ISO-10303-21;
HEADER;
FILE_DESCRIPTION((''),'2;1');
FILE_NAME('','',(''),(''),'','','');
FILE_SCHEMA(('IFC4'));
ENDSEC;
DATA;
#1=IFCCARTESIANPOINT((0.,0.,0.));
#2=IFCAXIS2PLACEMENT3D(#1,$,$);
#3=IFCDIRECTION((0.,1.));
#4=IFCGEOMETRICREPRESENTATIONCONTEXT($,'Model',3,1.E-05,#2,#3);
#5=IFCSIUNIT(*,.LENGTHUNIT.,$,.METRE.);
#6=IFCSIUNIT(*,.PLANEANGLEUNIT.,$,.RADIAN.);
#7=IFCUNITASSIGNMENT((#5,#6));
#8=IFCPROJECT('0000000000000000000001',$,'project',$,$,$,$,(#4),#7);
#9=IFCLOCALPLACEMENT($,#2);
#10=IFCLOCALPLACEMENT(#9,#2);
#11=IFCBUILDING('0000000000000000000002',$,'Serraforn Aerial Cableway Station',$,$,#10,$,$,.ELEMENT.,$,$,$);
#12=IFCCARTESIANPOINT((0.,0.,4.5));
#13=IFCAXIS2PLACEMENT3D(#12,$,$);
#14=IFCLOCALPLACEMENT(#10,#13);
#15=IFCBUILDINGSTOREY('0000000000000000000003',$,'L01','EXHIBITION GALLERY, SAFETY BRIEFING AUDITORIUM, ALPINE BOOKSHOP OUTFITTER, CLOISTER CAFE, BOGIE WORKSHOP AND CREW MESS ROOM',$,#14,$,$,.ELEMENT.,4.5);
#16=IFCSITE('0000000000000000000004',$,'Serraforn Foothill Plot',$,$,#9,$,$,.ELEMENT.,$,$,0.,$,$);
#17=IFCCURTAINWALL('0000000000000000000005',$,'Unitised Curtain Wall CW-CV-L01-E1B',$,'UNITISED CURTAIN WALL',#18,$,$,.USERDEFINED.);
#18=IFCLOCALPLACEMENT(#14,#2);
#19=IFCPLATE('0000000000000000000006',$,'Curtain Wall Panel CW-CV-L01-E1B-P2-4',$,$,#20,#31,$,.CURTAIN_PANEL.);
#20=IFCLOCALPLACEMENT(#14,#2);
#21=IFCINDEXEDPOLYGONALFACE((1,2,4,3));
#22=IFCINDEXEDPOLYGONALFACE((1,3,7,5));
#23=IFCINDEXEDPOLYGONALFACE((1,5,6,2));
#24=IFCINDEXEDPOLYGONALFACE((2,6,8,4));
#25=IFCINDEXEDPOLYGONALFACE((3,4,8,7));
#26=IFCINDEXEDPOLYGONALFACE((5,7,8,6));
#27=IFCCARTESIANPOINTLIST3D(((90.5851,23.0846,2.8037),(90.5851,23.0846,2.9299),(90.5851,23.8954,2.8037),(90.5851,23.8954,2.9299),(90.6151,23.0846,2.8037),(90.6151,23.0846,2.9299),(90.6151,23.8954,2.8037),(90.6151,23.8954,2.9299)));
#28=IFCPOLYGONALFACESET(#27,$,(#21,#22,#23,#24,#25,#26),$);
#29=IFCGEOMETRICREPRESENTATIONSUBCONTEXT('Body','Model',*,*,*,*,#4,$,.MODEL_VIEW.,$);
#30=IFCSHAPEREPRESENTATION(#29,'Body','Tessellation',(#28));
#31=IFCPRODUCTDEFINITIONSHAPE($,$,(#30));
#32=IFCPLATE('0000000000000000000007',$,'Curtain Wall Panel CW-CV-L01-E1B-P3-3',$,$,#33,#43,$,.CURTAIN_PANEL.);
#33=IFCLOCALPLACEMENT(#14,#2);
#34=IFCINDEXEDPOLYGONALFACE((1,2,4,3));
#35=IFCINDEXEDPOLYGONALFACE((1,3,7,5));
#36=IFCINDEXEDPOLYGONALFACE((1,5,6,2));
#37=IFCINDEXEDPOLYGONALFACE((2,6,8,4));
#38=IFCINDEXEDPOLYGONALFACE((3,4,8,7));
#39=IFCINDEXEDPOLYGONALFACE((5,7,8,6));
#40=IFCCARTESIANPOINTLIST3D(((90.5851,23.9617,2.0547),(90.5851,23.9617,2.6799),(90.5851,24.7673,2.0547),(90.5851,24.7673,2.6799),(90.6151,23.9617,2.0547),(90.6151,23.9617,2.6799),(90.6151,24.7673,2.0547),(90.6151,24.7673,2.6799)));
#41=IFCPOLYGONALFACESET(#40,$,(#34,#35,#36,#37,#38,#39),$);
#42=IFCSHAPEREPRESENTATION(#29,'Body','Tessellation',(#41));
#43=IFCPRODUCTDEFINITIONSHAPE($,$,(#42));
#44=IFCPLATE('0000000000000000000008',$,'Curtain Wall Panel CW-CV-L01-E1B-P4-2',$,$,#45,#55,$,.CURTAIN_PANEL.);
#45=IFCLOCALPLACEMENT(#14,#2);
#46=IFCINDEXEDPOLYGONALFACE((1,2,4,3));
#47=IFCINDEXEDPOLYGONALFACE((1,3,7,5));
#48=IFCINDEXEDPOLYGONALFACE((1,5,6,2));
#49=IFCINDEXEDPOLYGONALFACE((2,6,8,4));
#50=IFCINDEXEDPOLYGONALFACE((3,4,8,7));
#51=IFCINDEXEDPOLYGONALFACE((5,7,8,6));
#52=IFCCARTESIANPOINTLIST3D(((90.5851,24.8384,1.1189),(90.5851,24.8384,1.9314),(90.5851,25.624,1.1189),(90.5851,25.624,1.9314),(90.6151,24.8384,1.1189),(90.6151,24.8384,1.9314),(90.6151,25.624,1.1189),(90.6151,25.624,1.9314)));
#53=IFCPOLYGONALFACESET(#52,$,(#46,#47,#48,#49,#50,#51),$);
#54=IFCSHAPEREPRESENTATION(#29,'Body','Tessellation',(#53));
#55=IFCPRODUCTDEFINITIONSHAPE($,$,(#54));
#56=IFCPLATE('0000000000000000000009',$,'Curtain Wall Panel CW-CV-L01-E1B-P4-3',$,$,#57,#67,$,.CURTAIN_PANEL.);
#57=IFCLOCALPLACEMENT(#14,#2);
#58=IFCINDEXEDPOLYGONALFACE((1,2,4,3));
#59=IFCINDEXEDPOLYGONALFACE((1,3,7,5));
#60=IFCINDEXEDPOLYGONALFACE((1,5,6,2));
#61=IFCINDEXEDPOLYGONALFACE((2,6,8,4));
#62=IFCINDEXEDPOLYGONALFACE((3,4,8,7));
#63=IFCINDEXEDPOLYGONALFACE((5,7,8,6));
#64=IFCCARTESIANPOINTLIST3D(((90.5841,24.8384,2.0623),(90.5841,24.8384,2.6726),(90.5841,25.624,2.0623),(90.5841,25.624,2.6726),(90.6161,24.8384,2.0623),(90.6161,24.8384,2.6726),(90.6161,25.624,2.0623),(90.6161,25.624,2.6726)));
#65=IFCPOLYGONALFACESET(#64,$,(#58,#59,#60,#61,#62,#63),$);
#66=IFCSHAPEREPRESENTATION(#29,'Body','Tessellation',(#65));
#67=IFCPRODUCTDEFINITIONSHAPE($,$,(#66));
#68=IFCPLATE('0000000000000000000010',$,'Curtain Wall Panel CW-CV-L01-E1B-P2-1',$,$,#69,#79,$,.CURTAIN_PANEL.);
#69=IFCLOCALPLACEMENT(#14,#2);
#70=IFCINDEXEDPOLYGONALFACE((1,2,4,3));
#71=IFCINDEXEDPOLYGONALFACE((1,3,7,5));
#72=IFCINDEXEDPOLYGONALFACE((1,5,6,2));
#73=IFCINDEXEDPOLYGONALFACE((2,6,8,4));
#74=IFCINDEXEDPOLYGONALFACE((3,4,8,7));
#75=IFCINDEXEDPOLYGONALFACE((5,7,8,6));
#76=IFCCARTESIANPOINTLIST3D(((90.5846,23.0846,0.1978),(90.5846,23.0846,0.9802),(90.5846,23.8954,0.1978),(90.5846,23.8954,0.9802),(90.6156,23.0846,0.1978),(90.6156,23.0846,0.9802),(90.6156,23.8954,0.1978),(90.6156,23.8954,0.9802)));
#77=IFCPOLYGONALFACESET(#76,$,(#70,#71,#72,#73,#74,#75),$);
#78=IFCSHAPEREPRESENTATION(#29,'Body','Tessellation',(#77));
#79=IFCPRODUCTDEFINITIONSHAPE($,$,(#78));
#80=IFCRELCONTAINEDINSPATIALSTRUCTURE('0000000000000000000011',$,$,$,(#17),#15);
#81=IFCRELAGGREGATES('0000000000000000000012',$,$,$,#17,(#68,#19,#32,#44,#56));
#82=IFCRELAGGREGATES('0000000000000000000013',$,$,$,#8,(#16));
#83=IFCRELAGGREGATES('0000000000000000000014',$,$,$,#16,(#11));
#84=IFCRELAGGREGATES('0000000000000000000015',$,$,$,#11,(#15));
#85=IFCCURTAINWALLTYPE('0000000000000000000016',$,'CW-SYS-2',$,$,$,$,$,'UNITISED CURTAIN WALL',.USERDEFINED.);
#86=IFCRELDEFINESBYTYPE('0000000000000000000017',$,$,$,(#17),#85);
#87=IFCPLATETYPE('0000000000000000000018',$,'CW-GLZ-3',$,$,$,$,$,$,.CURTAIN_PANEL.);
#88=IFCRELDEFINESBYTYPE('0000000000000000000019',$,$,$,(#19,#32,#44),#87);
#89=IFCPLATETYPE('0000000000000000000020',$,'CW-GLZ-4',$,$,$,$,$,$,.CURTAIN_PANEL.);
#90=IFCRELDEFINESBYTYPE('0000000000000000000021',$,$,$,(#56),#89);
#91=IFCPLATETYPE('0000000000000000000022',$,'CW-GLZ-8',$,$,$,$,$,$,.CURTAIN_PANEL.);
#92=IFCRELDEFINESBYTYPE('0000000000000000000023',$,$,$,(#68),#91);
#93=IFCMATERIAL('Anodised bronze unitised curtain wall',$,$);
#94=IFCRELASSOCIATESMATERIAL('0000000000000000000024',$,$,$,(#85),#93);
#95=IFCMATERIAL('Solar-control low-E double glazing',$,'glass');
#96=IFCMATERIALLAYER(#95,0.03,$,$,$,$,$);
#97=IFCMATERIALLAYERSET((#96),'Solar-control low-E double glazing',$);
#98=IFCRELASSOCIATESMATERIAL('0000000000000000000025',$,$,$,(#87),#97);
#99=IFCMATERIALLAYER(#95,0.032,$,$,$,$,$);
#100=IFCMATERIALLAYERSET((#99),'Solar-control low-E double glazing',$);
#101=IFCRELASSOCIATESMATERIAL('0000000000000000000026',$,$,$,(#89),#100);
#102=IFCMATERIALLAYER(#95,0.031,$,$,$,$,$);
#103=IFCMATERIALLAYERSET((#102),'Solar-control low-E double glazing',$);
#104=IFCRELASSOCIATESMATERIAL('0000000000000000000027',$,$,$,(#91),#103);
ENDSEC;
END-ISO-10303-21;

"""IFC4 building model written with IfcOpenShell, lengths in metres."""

from ifc_helpers import new_model, si_unit, direction, frame, origin, origin_2d, place, context, subcontext, project, spatial, rectangle, extrude, material, layer, layer_set, type_object, element, aggregate, save


model = new_model("IFC4")

# Units and contexts
model_context = context("Model", 3, precision=1e-05, world=origin(), true_north=direction((0.0, 1.0)))
body_context = subcontext(model_context, "Body", "Model", "MODEL_VIEW")
ifc_project = project(units=[si_unit("LENGTHUNIT", "METRE"), si_unit("PLANEANGLEUNIT", "RADIAN")], contexts=[model_context])

# Site, building, storey
site_placement = place(None, origin())
site = spatial("IfcSite", under=ifc_project, at=site_placement, Name="Serraforn Foothill Plot", CompositionType="ELEMENT", RefElevation=0.0)
building_placement = place(site_placement, origin())
building = spatial("IfcBuilding", under=site, at=building_placement, Name="Serraforn Aerial Cableway Station", CompositionType="ELEMENT")
storey_placement = place(building_placement, frame((0.0, 0.0, 4.5)))
storey = spatial("IfcBuildingStorey", under=building, at=storey_placement, Name="L01", Description="EXHIBITION GALLERY, SAFETY BRIEFING AUDITORIUM, ALPINE BOOKSHOP OUTFITTER, CLOISTER CAFE, BOGIE WORKSHOP AND CREW MESS ROOM", CompositionType="ELEMENT", Elevation=4.5)

# Curtain wall, plates
ifc_material_1 = material(Name="Anodised bronze unitised curtain wall")
curtain_wall_type = type_object("IfcCurtainWallType", Name="CW-SYS-2", ElementType="UNITISED CURTAIN WALL", PredefinedType="USERDEFINED", material=ifc_material_1)
curtain_wall_placement = place(storey_placement, origin())
curtain_wall = element("IfcCurtainWall", 1, at=curtain_wall_placement, inside=storey, type_object=curtain_wall_type, Name="Unitised Curtain Wall CW-CV-L01-E1B", ObjectType="UNITISED CURTAIN WALL", PredefinedType="USERDEFINED")
ifc_material_2 = material(Name="Solar-control low-E double glazing", Category="glass")
ifc_layer_1 = layer(ifc_material_2, 0.03)
ifc_layer_set_1 = layer_set([ifc_layer_1], Name="Solar-control low-E double glazing")
plate_type_1 = type_object("IfcPlateType", Name="CW-GLZ-3", PredefinedType="CURTAIN_PANEL", material=ifc_layer_set_1)
plate_1_placement = place(storey_placement, frame((90.6001, 23.49, 2.8037), z_axis=(0.0, 0.0, 1.0), x_axis=(1.0, 0.0, 0.0)))
plate_1 = element("IfcPlate", 2, at=plate_1_placement, type_object=plate_type_1, Name="Curtain Wall Panel CW-CV-L01-E1B-P2-4", PredefinedType="CURTAIN_PANEL", context=body_context, shape_type="SweptSolid", body=[
    extrude(rectangle(XDim=0.03, YDim=0.8108, at=origin_2d()), origin(), (0.0, 0.0, 1.0), 0.1262),
])
plate_2_placement = place(storey_placement, frame((90.6001, 24.3645, 2.0547), z_axis=(0.0, 0.0, 1.0), x_axis=(1.0, 0.0, 0.0)))
plate_2 = element("IfcPlate", 3, at=plate_2_placement, type_object=plate_type_1, Name="Curtain Wall Panel CW-CV-L01-E1B-P3-3", PredefinedType="CURTAIN_PANEL", context=body_context, shape_type="SweptSolid", body=[
    extrude(rectangle(XDim=0.03, YDim=0.8057, at=origin_2d()), origin(), (0.0, 0.0, 1.0), 0.6252),
])
plate_3_placement = place(storey_placement, frame((90.6001, 25.2312, 1.1189), z_axis=(0.0, 0.0, 1.0), x_axis=(1.0, 0.0, 0.0)))
plate_3 = element("IfcPlate", 4, at=plate_3_placement, type_object=plate_type_1, Name="Curtain Wall Panel CW-CV-L01-E1B-P4-2", PredefinedType="CURTAIN_PANEL", context=body_context, shape_type="SweptSolid", body=[
    extrude(rectangle(XDim=0.03, YDim=0.7856, at=origin_2d()), origin(), (0.0, 0.0, 1.0), 0.8125),
])
ifc_layer_2 = layer(ifc_material_2, 0.032)
ifc_layer_set_2 = layer_set([ifc_layer_2], Name="Solar-control low-E double glazing")
plate_type_2 = type_object("IfcPlateType", Name="CW-GLZ-4", PredefinedType="CURTAIN_PANEL", material=ifc_layer_set_2)
plate_4_placement = place(storey_placement, frame((90.6001, 25.2312, 2.0623), z_axis=(0.0, 0.0, 1.0), x_axis=(1.0, 0.0, 0.0)))
plate_4 = element("IfcPlate", 5, at=plate_4_placement, type_object=plate_type_2, Name="Curtain Wall Panel CW-CV-L01-E1B-P4-3", PredefinedType="CURTAIN_PANEL", context=body_context, shape_type="SweptSolid", body=[
    extrude(rectangle(XDim=0.032, YDim=0.7856, at=origin_2d()), origin(), (0.0, 0.0, 1.0), 0.6104),
])
ifc_layer_3 = layer(ifc_material_2, 0.031)
ifc_layer_set_3 = layer_set([ifc_layer_3], Name="Solar-control low-E double glazing")
plate_type_3 = type_object("IfcPlateType", Name="CW-GLZ-8", PredefinedType="CURTAIN_PANEL", material=ifc_layer_set_3)
plate_5_placement = place(storey_placement, frame((90.6001, 23.49, 0.1978), z_axis=(0.0, 0.0, 1.0), x_axis=(1.0, 0.0, 0.0)))
plate_5 = element("IfcPlate", 6, at=plate_5_placement, type_object=plate_type_3, Name="Curtain Wall Panel CW-CV-L01-E1B-P2-1", PredefinedType="CURTAIN_PANEL", context=body_context, shape_type="SweptSolid", body=[
    extrude(rectangle(XDim=0.031, YDim=0.8108, at=origin_2d()), origin(), (0.0, 0.0, 1.0), 0.7825),
])
aggregate(curtain_wall, [plate_5, plate_1, plate_2, plate_3, plate_4])

save(model, "model.ifc")
